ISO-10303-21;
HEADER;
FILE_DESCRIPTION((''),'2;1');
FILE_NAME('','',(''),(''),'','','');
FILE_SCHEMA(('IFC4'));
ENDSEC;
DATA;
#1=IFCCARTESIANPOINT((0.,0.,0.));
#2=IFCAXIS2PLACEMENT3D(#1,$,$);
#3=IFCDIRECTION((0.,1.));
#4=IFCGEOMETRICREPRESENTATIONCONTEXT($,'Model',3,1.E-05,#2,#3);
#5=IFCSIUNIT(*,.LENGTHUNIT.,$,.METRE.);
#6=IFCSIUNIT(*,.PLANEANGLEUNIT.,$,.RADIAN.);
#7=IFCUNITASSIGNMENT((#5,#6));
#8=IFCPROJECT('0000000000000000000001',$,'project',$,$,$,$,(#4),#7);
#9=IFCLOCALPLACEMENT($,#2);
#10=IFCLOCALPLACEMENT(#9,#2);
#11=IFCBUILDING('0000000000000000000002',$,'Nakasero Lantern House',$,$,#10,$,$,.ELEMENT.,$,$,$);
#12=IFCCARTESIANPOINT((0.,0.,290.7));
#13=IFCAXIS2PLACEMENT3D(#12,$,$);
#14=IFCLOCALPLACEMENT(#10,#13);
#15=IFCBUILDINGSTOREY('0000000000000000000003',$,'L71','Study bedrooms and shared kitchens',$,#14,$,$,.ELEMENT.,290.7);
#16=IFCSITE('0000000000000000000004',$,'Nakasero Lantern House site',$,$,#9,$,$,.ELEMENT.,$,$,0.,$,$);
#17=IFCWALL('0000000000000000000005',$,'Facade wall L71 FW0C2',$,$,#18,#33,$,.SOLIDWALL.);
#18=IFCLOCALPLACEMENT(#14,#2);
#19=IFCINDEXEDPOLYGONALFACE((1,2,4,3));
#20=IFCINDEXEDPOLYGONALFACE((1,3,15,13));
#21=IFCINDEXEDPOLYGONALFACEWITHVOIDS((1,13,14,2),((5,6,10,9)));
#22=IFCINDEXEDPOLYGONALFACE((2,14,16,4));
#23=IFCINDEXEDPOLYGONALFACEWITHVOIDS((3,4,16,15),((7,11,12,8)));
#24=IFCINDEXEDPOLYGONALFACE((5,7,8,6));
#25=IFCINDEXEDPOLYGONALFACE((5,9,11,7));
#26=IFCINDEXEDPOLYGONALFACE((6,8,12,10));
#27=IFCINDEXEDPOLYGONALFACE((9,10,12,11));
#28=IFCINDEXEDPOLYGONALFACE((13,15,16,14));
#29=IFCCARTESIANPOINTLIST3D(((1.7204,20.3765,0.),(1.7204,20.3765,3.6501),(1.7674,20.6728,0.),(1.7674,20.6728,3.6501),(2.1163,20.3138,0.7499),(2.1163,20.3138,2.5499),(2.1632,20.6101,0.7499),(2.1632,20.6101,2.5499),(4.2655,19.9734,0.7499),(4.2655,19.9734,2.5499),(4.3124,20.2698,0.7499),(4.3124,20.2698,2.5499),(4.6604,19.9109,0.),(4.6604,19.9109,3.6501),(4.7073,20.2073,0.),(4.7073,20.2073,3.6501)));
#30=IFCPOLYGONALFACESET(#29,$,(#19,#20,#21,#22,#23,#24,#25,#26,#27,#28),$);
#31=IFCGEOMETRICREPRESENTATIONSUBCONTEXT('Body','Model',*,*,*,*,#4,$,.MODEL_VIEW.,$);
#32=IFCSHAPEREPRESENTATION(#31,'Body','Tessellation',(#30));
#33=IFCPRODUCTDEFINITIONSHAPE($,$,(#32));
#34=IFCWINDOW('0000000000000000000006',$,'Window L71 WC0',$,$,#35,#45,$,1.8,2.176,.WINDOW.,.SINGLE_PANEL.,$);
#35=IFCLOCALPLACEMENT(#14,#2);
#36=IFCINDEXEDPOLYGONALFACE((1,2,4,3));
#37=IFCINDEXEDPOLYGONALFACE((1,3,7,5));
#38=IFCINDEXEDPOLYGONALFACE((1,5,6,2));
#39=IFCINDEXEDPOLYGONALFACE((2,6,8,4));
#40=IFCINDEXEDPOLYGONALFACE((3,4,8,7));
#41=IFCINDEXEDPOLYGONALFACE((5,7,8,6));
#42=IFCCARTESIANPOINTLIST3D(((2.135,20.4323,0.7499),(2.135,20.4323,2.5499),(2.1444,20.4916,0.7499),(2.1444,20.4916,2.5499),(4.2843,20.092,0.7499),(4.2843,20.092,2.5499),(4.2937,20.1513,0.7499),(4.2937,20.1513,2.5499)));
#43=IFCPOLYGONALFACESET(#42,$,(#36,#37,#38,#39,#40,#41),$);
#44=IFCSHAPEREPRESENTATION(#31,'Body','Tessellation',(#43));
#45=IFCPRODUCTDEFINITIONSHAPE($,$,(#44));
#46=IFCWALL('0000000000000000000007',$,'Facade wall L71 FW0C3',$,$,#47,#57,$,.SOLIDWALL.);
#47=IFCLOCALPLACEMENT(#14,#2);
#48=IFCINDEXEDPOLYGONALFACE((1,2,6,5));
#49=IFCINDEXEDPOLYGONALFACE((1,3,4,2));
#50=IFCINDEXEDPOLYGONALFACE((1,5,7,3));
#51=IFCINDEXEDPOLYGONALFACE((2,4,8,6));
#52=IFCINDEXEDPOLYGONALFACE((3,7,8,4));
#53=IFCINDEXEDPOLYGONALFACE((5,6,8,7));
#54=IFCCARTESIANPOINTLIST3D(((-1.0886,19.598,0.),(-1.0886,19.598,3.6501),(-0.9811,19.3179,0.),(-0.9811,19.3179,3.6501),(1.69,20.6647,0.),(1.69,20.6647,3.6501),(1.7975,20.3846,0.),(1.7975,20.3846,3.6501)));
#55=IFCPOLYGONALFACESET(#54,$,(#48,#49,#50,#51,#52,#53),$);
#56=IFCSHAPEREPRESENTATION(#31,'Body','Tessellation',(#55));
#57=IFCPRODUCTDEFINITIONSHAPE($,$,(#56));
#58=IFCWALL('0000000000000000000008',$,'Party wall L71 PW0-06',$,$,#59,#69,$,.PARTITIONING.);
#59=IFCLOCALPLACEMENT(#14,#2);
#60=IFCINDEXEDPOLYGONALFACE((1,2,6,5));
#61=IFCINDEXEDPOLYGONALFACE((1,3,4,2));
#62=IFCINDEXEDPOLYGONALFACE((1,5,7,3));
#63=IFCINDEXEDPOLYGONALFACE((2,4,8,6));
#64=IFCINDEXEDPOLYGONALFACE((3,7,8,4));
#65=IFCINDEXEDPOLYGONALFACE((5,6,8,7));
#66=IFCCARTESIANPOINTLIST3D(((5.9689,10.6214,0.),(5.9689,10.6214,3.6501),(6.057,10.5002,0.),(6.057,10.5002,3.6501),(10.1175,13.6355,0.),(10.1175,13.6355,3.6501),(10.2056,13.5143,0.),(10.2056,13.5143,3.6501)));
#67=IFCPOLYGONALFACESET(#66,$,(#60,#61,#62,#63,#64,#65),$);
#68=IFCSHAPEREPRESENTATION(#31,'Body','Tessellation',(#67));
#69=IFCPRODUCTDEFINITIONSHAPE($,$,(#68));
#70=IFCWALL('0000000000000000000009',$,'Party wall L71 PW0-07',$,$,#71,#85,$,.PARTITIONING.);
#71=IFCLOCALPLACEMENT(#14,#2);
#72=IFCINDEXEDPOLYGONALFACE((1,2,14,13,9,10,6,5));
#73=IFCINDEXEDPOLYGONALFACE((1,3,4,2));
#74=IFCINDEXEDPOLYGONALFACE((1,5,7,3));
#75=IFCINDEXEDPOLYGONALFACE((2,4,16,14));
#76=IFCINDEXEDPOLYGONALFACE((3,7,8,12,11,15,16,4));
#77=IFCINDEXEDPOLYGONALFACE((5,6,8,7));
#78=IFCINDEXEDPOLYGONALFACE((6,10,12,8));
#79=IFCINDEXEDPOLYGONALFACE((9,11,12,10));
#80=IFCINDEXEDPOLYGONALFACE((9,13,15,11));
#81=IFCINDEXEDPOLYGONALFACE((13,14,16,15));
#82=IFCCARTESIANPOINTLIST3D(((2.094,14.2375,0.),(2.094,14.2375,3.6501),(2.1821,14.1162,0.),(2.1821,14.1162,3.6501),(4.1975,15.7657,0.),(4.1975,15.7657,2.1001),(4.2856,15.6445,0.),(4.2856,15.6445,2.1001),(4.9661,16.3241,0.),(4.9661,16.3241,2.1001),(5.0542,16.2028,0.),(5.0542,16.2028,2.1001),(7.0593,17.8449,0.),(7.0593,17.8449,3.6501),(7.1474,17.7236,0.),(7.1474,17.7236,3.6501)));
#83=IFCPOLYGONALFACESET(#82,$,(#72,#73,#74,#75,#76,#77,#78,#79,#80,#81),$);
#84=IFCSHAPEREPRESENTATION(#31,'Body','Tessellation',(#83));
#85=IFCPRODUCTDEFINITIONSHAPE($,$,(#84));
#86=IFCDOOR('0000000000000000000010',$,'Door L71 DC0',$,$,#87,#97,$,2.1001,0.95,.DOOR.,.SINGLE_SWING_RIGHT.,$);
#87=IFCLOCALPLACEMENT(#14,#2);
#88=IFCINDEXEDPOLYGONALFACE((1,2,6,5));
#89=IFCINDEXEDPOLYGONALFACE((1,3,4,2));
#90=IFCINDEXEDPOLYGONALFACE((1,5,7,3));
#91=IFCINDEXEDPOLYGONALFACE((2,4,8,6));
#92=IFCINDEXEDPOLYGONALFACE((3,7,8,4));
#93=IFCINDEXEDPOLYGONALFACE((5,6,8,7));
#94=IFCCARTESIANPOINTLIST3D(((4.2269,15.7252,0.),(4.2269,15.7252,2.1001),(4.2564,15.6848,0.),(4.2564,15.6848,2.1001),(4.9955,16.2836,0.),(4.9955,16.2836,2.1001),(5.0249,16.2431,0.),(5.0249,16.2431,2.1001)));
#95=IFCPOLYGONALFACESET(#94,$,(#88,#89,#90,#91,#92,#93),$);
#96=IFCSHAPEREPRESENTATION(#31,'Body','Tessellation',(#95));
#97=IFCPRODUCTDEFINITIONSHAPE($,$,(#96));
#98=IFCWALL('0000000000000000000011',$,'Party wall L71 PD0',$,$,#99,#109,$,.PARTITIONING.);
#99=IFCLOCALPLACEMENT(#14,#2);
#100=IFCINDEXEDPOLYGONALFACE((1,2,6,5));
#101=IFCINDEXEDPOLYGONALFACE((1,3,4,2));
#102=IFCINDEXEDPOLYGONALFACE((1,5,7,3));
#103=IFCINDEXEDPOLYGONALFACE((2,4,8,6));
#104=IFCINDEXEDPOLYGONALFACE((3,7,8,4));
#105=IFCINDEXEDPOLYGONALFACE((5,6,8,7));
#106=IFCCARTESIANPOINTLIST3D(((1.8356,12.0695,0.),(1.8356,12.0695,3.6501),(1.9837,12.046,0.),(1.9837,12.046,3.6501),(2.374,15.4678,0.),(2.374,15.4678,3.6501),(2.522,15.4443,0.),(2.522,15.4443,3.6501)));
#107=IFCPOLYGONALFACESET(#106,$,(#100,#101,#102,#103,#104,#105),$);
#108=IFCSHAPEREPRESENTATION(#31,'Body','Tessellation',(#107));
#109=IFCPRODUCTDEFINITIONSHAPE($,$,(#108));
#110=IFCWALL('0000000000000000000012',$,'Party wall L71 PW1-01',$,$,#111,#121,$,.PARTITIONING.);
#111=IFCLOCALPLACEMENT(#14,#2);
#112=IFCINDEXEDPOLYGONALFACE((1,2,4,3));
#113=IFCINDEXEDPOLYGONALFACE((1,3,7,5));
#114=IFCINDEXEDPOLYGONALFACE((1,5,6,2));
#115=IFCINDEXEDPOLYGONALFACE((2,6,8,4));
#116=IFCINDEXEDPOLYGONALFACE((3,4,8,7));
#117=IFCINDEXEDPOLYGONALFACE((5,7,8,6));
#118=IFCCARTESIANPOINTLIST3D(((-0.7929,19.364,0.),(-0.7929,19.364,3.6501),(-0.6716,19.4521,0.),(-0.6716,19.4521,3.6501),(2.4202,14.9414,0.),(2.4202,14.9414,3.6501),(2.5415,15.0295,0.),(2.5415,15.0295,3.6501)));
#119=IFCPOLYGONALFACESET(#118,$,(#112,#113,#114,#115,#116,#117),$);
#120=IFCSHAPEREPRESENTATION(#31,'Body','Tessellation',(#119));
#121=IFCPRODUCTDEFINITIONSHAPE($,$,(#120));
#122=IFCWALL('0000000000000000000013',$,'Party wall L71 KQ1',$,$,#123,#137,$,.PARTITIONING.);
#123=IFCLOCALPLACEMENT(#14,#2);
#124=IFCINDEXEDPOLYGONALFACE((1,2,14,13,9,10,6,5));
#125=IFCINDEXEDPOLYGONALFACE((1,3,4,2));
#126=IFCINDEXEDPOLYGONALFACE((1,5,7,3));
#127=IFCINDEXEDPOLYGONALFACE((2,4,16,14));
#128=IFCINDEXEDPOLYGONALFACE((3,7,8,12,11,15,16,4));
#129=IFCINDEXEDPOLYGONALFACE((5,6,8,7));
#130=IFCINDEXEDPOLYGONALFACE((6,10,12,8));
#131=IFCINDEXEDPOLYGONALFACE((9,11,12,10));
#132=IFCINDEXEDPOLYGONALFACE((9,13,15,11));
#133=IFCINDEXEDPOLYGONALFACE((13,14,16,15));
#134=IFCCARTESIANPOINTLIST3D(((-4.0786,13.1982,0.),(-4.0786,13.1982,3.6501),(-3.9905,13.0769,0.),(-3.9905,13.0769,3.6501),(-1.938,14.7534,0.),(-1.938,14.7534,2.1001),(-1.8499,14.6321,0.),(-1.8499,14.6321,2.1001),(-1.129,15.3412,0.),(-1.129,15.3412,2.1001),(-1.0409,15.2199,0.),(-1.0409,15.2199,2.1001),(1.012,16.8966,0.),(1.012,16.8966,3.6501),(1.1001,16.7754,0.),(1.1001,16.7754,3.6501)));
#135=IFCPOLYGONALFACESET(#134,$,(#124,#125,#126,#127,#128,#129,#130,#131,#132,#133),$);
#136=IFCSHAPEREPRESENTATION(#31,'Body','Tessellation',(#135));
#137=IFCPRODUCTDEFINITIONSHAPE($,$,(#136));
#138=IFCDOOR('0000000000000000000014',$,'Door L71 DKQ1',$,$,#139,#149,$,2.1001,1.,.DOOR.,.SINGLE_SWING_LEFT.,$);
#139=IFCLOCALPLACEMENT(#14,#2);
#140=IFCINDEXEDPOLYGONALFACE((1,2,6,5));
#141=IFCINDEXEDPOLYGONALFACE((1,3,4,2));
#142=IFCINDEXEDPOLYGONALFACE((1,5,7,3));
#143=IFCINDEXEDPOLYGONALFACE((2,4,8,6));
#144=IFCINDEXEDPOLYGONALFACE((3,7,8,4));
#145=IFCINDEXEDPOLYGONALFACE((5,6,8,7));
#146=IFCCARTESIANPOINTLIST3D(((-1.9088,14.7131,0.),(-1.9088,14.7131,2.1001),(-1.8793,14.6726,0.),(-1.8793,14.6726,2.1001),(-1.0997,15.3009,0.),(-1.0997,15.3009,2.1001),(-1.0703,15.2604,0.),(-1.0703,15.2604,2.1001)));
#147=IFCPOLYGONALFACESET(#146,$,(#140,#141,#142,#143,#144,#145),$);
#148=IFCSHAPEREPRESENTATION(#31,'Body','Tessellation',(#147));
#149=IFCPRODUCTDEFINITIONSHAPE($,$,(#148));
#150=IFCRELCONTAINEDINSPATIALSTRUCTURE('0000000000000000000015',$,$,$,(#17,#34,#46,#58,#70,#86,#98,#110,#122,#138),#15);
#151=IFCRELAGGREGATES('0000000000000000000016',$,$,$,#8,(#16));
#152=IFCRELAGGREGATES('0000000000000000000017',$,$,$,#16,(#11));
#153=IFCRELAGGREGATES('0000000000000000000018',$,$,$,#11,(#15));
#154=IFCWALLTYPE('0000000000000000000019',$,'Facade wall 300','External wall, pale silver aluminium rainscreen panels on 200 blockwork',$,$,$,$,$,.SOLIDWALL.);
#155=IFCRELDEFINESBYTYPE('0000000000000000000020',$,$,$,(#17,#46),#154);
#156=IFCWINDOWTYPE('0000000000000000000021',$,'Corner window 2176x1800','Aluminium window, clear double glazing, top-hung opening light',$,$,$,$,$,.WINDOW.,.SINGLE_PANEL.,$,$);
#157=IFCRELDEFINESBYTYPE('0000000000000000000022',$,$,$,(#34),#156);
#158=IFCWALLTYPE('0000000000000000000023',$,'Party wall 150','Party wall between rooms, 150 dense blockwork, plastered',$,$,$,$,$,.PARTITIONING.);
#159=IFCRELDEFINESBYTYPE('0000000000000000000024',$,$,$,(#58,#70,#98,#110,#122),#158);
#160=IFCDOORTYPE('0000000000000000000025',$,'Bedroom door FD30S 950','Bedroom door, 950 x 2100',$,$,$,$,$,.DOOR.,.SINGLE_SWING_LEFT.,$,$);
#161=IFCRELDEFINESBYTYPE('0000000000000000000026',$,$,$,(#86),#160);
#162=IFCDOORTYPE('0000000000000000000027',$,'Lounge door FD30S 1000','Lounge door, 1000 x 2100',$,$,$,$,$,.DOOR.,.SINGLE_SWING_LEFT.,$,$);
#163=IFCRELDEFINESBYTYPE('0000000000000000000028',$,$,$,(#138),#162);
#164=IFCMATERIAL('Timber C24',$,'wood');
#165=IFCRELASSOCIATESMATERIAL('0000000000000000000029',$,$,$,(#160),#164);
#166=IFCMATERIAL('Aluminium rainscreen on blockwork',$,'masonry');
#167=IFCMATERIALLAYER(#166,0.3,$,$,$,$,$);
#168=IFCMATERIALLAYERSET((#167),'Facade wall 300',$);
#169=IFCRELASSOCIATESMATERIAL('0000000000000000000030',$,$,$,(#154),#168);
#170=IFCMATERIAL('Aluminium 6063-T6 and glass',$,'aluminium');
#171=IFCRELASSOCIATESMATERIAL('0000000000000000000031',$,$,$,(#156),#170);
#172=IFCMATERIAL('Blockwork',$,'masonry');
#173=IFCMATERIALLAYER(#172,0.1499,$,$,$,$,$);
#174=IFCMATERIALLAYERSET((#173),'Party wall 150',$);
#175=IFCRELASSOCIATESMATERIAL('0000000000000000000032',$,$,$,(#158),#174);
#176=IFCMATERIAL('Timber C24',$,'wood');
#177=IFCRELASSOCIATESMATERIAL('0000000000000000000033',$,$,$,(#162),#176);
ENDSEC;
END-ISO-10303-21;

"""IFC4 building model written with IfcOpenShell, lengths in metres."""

from ifc_helpers import new_model, si_unit, direction, frame, frame_2d, origin, place, context, subcontext, project, spatial, rectangle, extrude, material, layer, layer_set, type_object, element, fill, save


model = new_model("IFC4")

# Units and contexts
model_context = context("Model", 3, precision=1e-05, world=origin(), true_north=direction((0.0, 1.0)))
body_context = subcontext(model_context, "Body", "Model", "MODEL_VIEW")
ifc_project = project(units=[si_unit("LENGTHUNIT", "METRE"), si_unit("PLANEANGLEUNIT", "RADIAN")], contexts=[model_context])

# Site, building, storey
site_placement = place(None, origin())
site = spatial("IfcSite", under=ifc_project, at=site_placement, Name="Nakasero Lantern House site", CompositionType="ELEMENT", RefElevation=0.0)
building_placement = place(site_placement, origin())
building = spatial("IfcBuilding", under=site, at=building_placement, Name="Nakasero Lantern House", CompositionType="ELEMENT")
storey_placement = place(building_placement, frame((0.0, 0.0, 290.7)))
storey = spatial("IfcBuildingStorey", under=building, at=storey_placement, Name="L71", Description="Study bedrooms and shared kitchens", CompositionType="ELEMENT", Elevation=290.7)

# Shared definitions
ifc_material_1 = material(Name="Timber C24", Category="wood")
door_type_1 = type_object("IfcDoorType", Name="Bedroom door FD30S 950", Description="Bedroom door, 950 x 2100", OperationType="SINGLE_SWING_LEFT", PredefinedType="DOOR", material=ifc_material_1)

# Wall, opening, window
ifc_material_2 = material(Name="Aluminium rainscreen on blockwork", Category="masonry")
ifc_layer_1 = layer(ifc_material_2, 0.3)
ifc_layer_set_1 = layer_set([ifc_layer_1], Name="Facade wall 300")
wall_type_1 = type_object("IfcWallType", Name="Facade wall 300", Description="External wall, pale silver aluminium rainscreen panels on 200 blockwork", PredefinedType="SOLIDWALL", material=ifc_layer_set_1)
wall_1_placement = place(storey_placement, frame((4.6838, 20.0591, 0.0), z_axis=(0.0, 0.0, 1.0), x_axis=(-0.987692, 0.156413, 0.0)))
wall_1 = element("IfcWall", 1, at=wall_1_placement, inside=storey, type_object=wall_type_1, Name="Facade wall L71 FW0C2", PredefinedType="SOLIDWALL", context=body_context, shape_type="SweptSolid", body=[
    extrude(rectangle(XDim=2.9766, YDim=0.3, at=frame_2d((1.4883, 0.0))), origin(), (0.0, 0.0, 1.0), 3.6501),
])
opening_1_placement = place(wall_1_placement, frame((0.3999, 0.0, 0.75)))
opening_1 = element("IfcOpeningElement", 2, at=opening_1_placement, cuts=wall_1, PredefinedType="OPENING", context=body_context, shape_type="SweptSolid", body=[
    extrude(rectangle(XDim=2.176, YDim=1.8, at=frame_2d((1.0879, 0.8999))), frame((0.0, 0.1699, 0.0), z_axis=(0.0, -1.0, 0.0), x_axis=(1.0, 0.0, 0.0)), (0.0, 0.0, 1.0), 0.3401),
])
ifc_material_3 = material(Name="Aluminium 6063-T6 and glass", Category="aluminium")
window_type = type_object("IfcWindowType", Name="Corner window 2176x1800", Description="Aluminium window, clear double glazing, top-hung opening light", PartitioningType="SINGLE_PANEL", PredefinedType="WINDOW", material=ifc_material_3)
window_placement = place(opening_1_placement, origin())
window = element("IfcWindow", 3, at=window_placement, inside=storey, type_object=window_type, Name="Window L71 WC0", OverallHeight=1.8, OverallWidth=2.176, PartitioningType="SINGLE_PANEL", PredefinedType="WINDOW", context=body_context, shape_type="SweptSolid", body=[
    extrude(rectangle(XDim=2.176, YDim=1.8, at=frame_2d((1.0879, 0.8999))), frame((0.0, 0.03, 0.0), z_axis=(0.0, -1.0, 0.0), x_axis=(1.0, 0.0, 0.0)), (0.0, 0.0, 1.0), 0.0601),
])
fill(opening_1, window)

# Walls
wall_2_placement = place(storey_placement, frame((1.7439, 20.5247, 0.0), z_axis=(0.0, 0.0, 1.0), x_axis=(-0.933574, -0.358385, 0.0)))
element("IfcWall", 4, at=wall_2_placement, inside=storey, type_object=wall_type_1, Name="Facade wall L71 FW0C3", PredefinedType="SOLIDWALL", context=body_context, shape_type="SweptSolid", body=[
    extrude(rectangle(XDim=2.9763, YDim=0.3, at=frame_2d((1.4883, 0.0))), origin(), (0.0, 0.0, 1.0), 3.6501),
])
ifc_material_4 = material(Name="Blockwork", Category="masonry")
ifc_layer_2 = layer(ifc_material_4, 0.1499)
ifc_layer_set_2 = layer_set([ifc_layer_2], Name="Party wall 150")
wall_type_2 = type_object("IfcWallType", Name="Party wall 150", Description="Party wall between rooms, 150 dense blockwork, plastered", PredefinedType="PARTITIONING", material=ifc_layer_set_2)
wall_3_placement = place(storey_placement, frame((6.0129, 10.5608, 0.0), z_axis=(0.0, 0.0, 1.0), x_axis=(0.80902, 0.587781, 0.0)))
element("IfcWall", 5, at=wall_3_placement, inside=storey, type_object=wall_type_2, Name="Party wall L71 PW0-06", PredefinedType="PARTITIONING", context=body_context, shape_type="SweptSolid", body=[
    extrude(rectangle(XDim=5.1279, YDim=0.1499, at=frame_2d((2.564, 0.0))), origin(), (0.0, 0.0, 1.0), 3.6501),
])

# Wall, opening, door
wall_4_placement = place(storey_placement, frame((2.1379, 14.1768, 0.0), z_axis=(0.0, 0.0, 1.0), x_axis=(0.809025, 0.587774, 0.0)))
wall_4 = element("IfcWall", 6, at=wall_4_placement, inside=storey, type_object=wall_type_2, Name="Party wall L71 PW0-07", PredefinedType="PARTITIONING", context=body_context, shape_type="SweptSolid", body=[
    extrude(rectangle(XDim=6.1375, YDim=0.1499, at=frame_2d((3.0688, 0.0))), origin(), (0.0, 0.0, 1.0), 3.6501),
])
opening_2_placement = place(wall_4_placement, frame((2.6001, 0.0, 0.0)))
opening_2 = element("IfcOpeningElement", 7, at=opening_2_placement, cuts=wall_4, PredefinedType="OPENING", context=body_context, shape_type="SweptSolid", body=[
    extrude(rectangle(XDim=0.95, YDim=2.1001, at=frame_2d((0.4751, 1.05))), frame((0.0, 0.095, 0.0), z_axis=(0.0, -1.0, 0.0), x_axis=(1.0, 0.0, 0.0)), (0.0, 0.0, 1.0), 0.1899),
])
door_1_placement = place(opening_2_placement, origin())
door_1 = element("IfcDoor", 8, at=door_1_placement, inside=storey, type_object=door_type_1, Name="Door L71 DC0", OperationType="SINGLE_SWING_RIGHT", OverallHeight=2.1001, OverallWidth=0.95, PredefinedType="DOOR", context=body_context, shape_type="SweptSolid", body=[
    extrude(rectangle(XDim=0.95, YDim=2.1001, at=frame_2d((0.4751, 1.05))), frame((0.0, 0.0249, 0.0), z_axis=(0.0, -1.0, 0.0), x_axis=(1.0, 0.0, 0.0)), (0.0, 0.0, 1.0), 0.05),
])
fill(opening_2, door_1)

# Walls
wall_5_placement = place(storey_placement, frame((1.9097, 12.0579, 0.0), z_axis=(0.0, 0.0, 1.0), x_axis=(0.156465, 0.987683, 0.0)))
element("IfcWall", 9, at=wall_5_placement, inside=storey, type_object=wall_type_2, Name="Party wall L71 PD0", PredefinedType="PARTITIONING", context=body_context, shape_type="SweptSolid", body=[
    extrude(rectangle(XDim=3.4407, YDim=0.1499, at=frame_2d((1.7202, 0.0))), origin(), (0.0, 0.0, 1.0), 3.6501),
])
wall_6_placement = place(storey_placement, frame((2.481, 14.9854, 0.0), z_axis=(0.0, 0.0, 1.0), x_axis=(-0.587776, 0.809024, 0.0)))
element("IfcWall", 10, at=wall_6_placement, inside=storey, type_object=wall_type_2, Name="Party wall L71 PW1-01", PredefinedType="PARTITIONING", context=body_context, shape_type="SweptSolid", body=[
    extrude(rectangle(XDim=5.4666, YDim=0.1499, at=frame_2d((2.7334, 0.0))), origin(), (0.0, 0.0, 1.0), 3.6501),
])

# Wall, opening, door
wall_7_placement = place(storey_placement, frame((1.0559, 16.8359, 0.0), z_axis=(0.0, 0.0, 1.0), x_axis=(-0.80902, -0.587782, 0.0)))
wall_7 = element("IfcWall", 11, at=wall_7_placement, inside=storey, type_object=wall_type_2, Name="Party wall L71 KQ1", PredefinedType="PARTITIONING", context=body_context, shape_type="SweptSolid", body=[
    extrude(rectangle(XDim=6.2922, YDim=0.1499, at=frame_2d((3.146, 0.0))), origin(), (0.0, 0.0, 1.0), 3.6501),
])
opening_3_placement = place(wall_7_placement, frame((2.6462, 0.0, 0.0)))
opening_3 = element("IfcOpeningElement", 12, at=opening_3_placement, cuts=wall_7, PredefinedType="OPENING", context=body_context, shape_type="SweptSolid", body=[
    extrude(rectangle(XDim=1.0, YDim=2.1001, at=frame_2d((0.5, 1.05))), frame((0.0, 0.095, 0.0), z_axis=(0.0, -1.0, 0.0), x_axis=(1.0, 0.0, 0.0)), (0.0, 0.0, 1.0), 0.1899),
])
ifc_material_5 = material(Name="Timber C24", Category="wood")
door_type_2 = type_object("IfcDoorType", Name="Lounge door FD30S 1000", Description="Lounge door, 1000 x 2100", OperationType="SINGLE_SWING_LEFT", PredefinedType="DOOR", material=ifc_material_5)
door_2_placement = place(opening_3_placement, origin())
door_2 = element("IfcDoor", 13, at=door_2_placement, inside=storey, type_object=door_type_2, Name="Door L71 DKQ1", OperationType="SINGLE_SWING_LEFT", OverallHeight=2.1001, OverallWidth=1.0, PredefinedType="DOOR", context=body_context, shape_type="SweptSolid", body=[
    extrude(rectangle(XDim=1.0, YDim=2.1001, at=frame_2d((0.5, 1.05))), frame((0.0, 0.0249, 0.0), z_axis=(0.0, -1.0, 0.0), x_axis=(1.0, 0.0, 0.0)), (0.0, 0.0, 1.0), 0.05),
])
fill(opening_3, door_2)

save(model, "model.ifc")
